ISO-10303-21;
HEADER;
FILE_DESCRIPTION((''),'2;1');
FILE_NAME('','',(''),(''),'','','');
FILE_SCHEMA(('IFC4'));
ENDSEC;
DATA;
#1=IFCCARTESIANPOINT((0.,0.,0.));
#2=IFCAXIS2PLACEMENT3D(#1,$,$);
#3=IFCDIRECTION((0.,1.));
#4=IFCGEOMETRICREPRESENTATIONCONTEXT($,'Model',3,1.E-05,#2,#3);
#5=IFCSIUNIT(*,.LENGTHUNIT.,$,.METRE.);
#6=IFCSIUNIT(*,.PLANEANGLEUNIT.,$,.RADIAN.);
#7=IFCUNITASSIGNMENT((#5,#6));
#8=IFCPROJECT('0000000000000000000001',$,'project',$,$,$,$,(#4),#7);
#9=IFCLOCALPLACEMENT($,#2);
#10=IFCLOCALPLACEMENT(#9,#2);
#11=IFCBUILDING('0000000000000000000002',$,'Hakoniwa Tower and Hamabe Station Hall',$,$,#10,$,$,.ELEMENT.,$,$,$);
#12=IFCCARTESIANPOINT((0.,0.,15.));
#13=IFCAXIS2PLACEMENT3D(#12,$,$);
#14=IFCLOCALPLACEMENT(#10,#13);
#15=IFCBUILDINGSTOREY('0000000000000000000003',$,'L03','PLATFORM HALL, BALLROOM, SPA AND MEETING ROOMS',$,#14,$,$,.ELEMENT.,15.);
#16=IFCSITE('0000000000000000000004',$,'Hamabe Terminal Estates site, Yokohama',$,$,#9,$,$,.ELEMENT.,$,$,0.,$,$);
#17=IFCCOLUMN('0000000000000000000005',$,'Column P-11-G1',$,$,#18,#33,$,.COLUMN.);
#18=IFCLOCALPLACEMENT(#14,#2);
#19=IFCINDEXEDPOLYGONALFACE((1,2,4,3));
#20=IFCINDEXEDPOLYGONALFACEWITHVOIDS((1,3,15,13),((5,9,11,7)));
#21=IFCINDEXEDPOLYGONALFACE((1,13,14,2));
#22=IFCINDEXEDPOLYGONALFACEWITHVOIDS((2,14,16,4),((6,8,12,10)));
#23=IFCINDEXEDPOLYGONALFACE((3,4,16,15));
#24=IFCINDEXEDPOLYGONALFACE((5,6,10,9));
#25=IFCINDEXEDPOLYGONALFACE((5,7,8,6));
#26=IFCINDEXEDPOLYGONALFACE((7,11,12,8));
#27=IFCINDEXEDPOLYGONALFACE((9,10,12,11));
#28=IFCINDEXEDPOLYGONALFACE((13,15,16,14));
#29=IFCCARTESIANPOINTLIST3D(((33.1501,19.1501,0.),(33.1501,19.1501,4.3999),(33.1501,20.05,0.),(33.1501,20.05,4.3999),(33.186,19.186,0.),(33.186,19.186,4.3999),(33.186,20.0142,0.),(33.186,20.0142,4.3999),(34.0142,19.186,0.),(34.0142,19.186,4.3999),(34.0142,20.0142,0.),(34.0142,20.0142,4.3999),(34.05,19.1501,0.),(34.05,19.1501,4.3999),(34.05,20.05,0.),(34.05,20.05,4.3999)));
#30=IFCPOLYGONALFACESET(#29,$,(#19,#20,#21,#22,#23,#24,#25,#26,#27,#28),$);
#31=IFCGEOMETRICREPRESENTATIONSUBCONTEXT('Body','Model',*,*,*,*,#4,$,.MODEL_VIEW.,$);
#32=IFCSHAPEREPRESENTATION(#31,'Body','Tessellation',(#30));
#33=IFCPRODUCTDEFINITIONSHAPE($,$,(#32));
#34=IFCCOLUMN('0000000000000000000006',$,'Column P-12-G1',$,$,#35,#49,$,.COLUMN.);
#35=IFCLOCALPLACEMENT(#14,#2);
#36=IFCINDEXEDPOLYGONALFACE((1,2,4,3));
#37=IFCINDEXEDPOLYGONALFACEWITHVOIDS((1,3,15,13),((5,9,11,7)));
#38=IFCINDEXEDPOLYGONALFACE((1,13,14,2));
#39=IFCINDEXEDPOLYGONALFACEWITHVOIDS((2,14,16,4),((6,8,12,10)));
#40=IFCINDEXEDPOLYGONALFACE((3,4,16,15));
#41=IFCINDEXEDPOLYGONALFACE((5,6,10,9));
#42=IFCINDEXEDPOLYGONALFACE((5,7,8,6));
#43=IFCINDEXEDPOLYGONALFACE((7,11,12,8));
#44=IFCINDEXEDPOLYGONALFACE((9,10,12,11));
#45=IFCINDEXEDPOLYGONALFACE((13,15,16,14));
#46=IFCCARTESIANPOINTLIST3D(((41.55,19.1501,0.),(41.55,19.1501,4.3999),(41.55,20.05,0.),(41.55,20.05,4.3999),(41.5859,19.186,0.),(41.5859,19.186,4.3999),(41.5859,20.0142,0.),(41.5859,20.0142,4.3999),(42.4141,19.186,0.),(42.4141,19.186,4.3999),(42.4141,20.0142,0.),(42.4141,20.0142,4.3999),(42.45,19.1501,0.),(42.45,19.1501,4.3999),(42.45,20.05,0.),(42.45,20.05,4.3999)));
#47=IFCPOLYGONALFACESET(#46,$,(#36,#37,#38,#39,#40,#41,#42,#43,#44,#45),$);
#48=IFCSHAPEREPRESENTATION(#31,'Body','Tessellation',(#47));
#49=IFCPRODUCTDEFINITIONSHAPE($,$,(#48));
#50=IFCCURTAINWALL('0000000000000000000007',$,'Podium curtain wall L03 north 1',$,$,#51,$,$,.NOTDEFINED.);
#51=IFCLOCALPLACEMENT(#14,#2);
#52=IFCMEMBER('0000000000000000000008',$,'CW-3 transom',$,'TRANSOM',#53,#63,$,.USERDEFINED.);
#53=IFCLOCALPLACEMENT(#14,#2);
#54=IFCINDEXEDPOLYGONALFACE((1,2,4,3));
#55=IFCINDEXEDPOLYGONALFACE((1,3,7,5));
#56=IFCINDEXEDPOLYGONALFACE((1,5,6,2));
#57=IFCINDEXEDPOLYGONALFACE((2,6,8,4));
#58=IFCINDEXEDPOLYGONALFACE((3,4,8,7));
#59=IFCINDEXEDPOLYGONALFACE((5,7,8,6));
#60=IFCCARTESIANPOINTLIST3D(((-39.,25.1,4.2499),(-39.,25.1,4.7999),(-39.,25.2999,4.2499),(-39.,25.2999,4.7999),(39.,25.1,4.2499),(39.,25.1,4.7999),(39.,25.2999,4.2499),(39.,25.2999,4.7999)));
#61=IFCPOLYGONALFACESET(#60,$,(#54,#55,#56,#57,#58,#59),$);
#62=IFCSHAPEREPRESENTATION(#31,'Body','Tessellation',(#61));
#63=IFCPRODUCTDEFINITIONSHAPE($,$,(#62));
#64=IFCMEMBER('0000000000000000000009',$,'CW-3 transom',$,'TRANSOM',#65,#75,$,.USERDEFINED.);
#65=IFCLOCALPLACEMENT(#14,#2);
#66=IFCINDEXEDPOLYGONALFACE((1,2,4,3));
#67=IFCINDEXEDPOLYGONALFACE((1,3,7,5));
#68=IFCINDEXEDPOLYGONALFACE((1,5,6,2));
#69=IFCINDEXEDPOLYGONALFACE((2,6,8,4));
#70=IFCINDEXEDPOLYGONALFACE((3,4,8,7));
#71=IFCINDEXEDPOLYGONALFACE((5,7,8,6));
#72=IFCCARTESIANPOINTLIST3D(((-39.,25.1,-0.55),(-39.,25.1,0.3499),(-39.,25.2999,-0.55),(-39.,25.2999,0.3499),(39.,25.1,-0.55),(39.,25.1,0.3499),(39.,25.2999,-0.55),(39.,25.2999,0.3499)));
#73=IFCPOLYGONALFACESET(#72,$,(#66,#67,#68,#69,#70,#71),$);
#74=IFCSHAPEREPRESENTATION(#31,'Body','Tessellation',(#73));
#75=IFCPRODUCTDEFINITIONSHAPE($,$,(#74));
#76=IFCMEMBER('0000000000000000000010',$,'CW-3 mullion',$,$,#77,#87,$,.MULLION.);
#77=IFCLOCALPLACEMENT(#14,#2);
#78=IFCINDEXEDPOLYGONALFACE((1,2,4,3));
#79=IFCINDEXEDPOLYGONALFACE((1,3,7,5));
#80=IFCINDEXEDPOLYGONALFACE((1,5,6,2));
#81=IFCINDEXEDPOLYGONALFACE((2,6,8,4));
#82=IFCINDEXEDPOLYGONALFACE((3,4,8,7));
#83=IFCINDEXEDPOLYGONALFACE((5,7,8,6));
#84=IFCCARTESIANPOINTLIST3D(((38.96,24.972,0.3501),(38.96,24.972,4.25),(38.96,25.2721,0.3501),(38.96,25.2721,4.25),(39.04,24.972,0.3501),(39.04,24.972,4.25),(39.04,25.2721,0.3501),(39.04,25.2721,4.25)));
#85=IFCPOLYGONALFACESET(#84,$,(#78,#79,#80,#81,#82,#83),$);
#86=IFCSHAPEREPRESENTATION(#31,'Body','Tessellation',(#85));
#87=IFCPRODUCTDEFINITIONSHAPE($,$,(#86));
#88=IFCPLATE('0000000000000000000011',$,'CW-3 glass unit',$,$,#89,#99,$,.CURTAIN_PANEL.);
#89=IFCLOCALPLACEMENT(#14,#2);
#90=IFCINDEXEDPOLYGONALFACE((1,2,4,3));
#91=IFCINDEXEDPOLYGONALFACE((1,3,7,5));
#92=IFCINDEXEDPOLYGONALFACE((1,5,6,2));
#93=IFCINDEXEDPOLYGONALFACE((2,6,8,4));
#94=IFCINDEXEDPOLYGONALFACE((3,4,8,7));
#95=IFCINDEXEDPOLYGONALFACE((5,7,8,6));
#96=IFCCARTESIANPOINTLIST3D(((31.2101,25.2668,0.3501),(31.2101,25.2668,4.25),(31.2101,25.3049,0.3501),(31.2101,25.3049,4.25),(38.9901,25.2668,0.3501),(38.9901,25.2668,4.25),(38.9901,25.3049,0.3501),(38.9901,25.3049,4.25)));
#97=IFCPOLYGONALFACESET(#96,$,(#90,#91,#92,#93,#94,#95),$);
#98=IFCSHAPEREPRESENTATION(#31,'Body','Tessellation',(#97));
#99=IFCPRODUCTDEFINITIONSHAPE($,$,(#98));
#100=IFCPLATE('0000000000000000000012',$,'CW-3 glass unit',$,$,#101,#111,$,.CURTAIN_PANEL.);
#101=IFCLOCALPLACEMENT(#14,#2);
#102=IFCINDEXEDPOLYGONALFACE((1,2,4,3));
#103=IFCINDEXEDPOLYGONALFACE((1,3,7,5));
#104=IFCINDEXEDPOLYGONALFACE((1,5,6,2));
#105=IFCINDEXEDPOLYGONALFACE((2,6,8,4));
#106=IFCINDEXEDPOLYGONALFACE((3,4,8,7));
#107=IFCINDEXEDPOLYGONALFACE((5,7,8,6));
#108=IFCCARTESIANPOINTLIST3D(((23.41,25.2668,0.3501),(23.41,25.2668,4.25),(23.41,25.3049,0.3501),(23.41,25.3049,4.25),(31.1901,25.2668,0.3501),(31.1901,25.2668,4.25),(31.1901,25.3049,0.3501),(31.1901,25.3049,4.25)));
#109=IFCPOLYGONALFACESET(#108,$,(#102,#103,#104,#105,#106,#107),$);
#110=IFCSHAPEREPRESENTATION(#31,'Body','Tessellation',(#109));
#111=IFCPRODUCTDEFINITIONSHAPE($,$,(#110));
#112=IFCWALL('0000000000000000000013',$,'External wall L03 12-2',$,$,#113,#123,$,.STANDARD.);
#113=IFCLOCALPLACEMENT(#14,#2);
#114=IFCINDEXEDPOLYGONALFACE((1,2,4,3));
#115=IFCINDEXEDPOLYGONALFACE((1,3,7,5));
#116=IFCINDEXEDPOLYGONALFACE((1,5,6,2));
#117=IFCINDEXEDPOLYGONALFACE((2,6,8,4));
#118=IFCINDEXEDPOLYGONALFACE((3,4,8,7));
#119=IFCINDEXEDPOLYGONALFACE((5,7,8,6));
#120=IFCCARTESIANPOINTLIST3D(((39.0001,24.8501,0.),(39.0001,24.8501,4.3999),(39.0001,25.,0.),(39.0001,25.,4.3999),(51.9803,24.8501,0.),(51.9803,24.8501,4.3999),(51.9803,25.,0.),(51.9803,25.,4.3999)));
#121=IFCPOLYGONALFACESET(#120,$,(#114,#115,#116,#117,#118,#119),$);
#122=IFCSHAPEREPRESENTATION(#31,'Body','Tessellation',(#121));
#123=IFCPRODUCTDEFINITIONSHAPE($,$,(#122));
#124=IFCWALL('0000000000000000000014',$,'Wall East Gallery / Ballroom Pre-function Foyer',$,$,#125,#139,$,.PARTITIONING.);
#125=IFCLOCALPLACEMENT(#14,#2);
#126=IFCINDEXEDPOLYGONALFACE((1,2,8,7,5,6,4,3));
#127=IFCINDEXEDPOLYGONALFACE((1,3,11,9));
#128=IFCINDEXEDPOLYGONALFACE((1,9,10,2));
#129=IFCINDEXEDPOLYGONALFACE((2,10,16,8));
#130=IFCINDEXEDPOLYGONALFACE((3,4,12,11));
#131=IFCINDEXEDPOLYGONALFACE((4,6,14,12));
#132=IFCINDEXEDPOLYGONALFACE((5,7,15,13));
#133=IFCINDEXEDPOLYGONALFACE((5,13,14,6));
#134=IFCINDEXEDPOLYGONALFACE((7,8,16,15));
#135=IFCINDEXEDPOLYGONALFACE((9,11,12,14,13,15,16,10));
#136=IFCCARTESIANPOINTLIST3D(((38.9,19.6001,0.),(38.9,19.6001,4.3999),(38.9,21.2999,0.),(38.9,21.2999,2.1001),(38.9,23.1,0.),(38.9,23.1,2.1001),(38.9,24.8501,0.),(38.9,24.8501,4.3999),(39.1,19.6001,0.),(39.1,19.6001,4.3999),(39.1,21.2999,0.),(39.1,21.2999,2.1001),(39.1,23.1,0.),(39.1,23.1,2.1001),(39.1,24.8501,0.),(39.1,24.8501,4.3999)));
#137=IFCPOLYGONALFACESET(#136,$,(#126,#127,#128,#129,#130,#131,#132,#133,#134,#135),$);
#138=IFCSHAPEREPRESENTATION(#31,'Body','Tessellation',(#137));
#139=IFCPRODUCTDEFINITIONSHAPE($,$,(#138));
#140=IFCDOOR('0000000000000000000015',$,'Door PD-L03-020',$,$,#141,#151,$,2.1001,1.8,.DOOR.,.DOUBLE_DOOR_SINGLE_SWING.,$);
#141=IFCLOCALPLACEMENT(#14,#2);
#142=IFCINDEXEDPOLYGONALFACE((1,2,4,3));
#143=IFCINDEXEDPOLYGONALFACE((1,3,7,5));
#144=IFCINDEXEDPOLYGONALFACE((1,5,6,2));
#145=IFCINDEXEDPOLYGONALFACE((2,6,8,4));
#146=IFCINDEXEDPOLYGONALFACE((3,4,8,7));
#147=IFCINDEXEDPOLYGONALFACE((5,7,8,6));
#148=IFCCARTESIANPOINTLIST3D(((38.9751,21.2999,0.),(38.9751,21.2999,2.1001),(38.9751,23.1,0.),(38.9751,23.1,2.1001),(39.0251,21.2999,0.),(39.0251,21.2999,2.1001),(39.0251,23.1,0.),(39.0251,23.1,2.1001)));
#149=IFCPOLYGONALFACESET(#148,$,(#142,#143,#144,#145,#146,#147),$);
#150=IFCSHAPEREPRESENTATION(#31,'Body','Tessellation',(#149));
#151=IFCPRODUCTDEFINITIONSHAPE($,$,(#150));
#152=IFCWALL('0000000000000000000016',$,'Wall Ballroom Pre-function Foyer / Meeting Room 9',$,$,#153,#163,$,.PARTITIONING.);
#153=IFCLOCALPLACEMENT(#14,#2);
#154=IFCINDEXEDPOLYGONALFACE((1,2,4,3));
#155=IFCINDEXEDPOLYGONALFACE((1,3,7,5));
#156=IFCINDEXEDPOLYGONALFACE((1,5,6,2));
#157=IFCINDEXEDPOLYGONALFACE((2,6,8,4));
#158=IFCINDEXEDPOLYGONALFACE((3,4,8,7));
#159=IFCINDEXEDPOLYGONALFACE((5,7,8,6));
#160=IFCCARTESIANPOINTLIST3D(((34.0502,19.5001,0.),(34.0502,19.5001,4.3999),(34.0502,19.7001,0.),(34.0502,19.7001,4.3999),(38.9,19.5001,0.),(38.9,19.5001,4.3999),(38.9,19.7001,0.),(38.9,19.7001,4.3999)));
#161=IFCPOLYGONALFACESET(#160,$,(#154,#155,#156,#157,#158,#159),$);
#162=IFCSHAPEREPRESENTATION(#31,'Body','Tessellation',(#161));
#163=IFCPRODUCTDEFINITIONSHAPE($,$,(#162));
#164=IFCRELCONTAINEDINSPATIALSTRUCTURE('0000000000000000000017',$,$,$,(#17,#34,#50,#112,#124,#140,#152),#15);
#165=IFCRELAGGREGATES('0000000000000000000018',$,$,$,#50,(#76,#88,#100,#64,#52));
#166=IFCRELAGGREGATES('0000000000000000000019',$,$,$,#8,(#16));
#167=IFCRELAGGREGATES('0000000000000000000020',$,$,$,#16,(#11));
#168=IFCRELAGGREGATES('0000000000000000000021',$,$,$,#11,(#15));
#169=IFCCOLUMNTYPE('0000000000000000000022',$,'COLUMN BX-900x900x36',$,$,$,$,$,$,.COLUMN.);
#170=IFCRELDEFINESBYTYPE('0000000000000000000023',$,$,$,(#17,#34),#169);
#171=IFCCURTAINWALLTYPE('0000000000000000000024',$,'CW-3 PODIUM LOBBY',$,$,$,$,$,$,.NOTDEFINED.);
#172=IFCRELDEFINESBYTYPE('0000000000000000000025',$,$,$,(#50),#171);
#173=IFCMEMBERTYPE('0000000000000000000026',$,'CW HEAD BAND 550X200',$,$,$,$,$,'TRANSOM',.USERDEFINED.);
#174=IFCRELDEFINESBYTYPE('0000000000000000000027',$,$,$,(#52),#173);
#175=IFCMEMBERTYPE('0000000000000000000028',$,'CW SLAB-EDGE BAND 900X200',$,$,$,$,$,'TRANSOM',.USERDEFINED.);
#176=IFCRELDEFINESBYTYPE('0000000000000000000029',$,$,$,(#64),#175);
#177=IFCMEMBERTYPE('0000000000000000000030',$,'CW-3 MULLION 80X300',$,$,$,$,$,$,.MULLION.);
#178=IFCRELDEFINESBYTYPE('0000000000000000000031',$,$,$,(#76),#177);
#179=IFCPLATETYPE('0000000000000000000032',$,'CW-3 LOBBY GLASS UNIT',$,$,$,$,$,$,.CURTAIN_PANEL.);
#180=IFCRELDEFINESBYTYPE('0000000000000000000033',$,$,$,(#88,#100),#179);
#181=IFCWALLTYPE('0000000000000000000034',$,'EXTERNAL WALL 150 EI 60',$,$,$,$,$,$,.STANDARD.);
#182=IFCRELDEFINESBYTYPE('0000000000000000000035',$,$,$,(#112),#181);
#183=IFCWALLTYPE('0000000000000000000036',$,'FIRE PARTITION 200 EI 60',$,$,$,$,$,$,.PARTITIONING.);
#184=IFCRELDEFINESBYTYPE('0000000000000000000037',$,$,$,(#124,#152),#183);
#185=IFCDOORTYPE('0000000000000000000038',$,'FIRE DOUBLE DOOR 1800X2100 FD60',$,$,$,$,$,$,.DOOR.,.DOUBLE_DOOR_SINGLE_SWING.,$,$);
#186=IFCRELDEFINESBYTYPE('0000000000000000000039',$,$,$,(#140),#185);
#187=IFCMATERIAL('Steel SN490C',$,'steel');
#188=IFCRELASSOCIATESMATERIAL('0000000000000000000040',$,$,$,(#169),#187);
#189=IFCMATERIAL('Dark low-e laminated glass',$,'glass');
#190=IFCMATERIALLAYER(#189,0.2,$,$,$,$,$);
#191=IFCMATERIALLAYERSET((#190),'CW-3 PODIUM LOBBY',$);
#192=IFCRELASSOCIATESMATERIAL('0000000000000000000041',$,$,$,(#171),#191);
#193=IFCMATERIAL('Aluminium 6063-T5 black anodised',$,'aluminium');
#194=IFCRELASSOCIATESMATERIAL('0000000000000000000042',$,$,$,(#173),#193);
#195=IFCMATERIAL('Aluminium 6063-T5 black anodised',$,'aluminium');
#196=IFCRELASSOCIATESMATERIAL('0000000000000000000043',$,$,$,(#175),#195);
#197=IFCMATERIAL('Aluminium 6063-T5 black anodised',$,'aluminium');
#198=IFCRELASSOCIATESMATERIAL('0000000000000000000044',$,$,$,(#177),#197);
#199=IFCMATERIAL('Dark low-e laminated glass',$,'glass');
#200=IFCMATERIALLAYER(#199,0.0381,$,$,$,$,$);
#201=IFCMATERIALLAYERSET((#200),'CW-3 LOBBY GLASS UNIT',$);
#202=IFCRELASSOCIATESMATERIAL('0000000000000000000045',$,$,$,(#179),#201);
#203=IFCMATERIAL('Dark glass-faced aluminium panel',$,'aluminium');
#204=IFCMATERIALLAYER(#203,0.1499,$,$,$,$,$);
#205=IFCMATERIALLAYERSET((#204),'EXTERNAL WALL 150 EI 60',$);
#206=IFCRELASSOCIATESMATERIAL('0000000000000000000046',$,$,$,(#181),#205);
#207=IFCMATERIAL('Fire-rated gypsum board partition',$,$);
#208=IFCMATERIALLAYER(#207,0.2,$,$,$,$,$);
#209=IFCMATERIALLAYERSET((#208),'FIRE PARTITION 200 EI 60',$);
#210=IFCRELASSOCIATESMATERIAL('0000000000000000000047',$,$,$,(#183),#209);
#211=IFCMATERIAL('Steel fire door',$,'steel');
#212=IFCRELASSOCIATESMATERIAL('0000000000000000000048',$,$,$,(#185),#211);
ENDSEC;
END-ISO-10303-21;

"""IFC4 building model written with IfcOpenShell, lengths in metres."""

from ifc_helpers import new_model, si_unit, direction, frame, frame_2d, origin, origin_2d, place, context, subcontext, project, spatial, rectangle, hollow_rectangle, extrude, material, layer, layer_set, material_profile, profile_set, type_object, element, fill, aggregate, save


model = new_model("IFC4")

# Units and contexts
model_context = context("Model", 3, precision=1e-05, world=origin(), true_north=direction((0.0, 1.0)))
body_context = subcontext(model_context, "Body", "Model", "MODEL_VIEW")
ifc_project = project(units=[si_unit("LENGTHUNIT", "METRE"), si_unit("PLANEANGLEUNIT", "RADIAN")], contexts=[model_context])

# Site, building, storey
site_placement = place(None, origin())
site = spatial("IfcSite", under=ifc_project, at=site_placement, Name="Hamabe Terminal Estates site, Yokohama", CompositionType="ELEMENT", RefElevation=0.0)
building_placement = place(site_placement, origin())
building = spatial("IfcBuilding", under=site, at=building_placement, Name="Hakoniwa Tower and Hamabe Station Hall", CompositionType="ELEMENT")
storey_placement = place(building_placement, frame((0.0, 0.0, 15.0)))
storey = spatial("IfcBuildingStorey", under=building, at=storey_placement, Name="L03", Description="PLATFORM HALL, BALLROOM, SPA AND MEETING ROOMS", CompositionType="ELEMENT", Elevation=15.0)

# Columns
ifc_material_1 = material(Name="Steel SN490C", Category="steel")
ifc_material_profile_1 = material_profile(ifc_material_1, hollow_rectangle(XDim=0.8999, YDim=0.8999, WallThickness=0.0359, at=origin_2d()), Name="BX-900x900x36")
ifc_profile_set_1 = profile_set([ifc_material_profile_1], Name="Steel SN490C")
column_type_1 = type_object("IfcColumnType", Name="COLUMN BX-900x900x36", PredefinedType="COLUMN", material=ifc_profile_set_1)
for number, where, z_axis, x_axis, name in (
    (1, (33.6001, 19.6001, 0.0), (0.0, 0.0, 1.0), (1.0, 0.0, 0.0), "Column P-11-G1"),
    (2, (42.0, 19.6001, 0.0), (0.0, 0.0, 1.0), (1.0, 0.0, 0.0), "Column P-12-G1"),
):
    element("IfcColumn", number, at=place(storey_placement, frame(where, z_axis=z_axis, x_axis=x_axis)), inside=storey, type_object=column_type_1, Name=name, PredefinedType="COLUMN", context=body_context, shape_type="SweptSolid", body=[
        extrude(hollow_rectangle(XDim=0.8999, YDim=0.8999, WallThickness=0.0359, at=origin_2d()), origin(), (0.0, 0.0, 1.0), 4.3999),
    ])

# Curtain wall, members, plates
ifc_material_2 = material(Name="Dark low-e laminated glass", Category="glass")
ifc_layer_1 = layer(ifc_material_2, 0.2)
ifc_layer_set_1 = layer_set([ifc_layer_1], Name="CW-3 PODIUM LOBBY")
curtain_wall_type = type_object("IfcCurtainWallType", Name="CW-3 PODIUM LOBBY", PredefinedType="NOTDEFINED", material=ifc_layer_set_1)
curtain_wall_placement = place(storey_placement, origin())
curtain_wall = element("IfcCurtainWall", 3, at=curtain_wall_placement, inside=storey, type_object=curtain_wall_type, Name="Podium curtain wall L03 north 1", PredefinedType="NOTDEFINED")
ifc_material_3 = material(Name="Aluminium 6063-T5 black anodised", Category="aluminium")
ifc_material_profile_2 = material_profile(ifc_material_3, rectangle(XDim=0.2, YDim=0.55, at=origin_2d()), Name="CW HEAD BAND 550X200")
ifc_profile_set_2 = profile_set([ifc_material_profile_2], Name="Aluminium 6063-T5 black anodised")
member_type_1 = type_object("IfcMemberType", Name="CW HEAD BAND 550X200", ElementType="TRANSOM", PredefinedType="USERDEFINED", material=ifc_profile_set_2)
member_1_placement = place(storey_placement, frame((39.0, 25.2, 4.5249), z_axis=(-1.0, 0.0, 0.0), x_axis=(0.0, -1.0, 0.0)))
member_1 = element("IfcMember", 4, at=member_1_placement, type_object=member_type_1, Name="CW-3 transom", ObjectType="TRANSOM", PredefinedType="USERDEFINED", context=body_context, shape_type="SweptSolid", body=[
    extrude(rectangle(XDim=0.2, YDim=0.55, at=origin_2d()), origin(), (0.0, 0.0, 1.0), 78.0),
])
ifc_material_4 = material(Name="Aluminium 6063-T5 black anodised", Category="aluminium")
ifc_material_profile_3 = material_profile(ifc_material_4, rectangle(XDim=0.2, YDim=0.8999, at=origin_2d()), Name="CW SLAB-EDGE BAND 900X200")
ifc_profile_set_3 = profile_set([ifc_material_profile_3], Name="Aluminium 6063-T5 black anodised")
member_type_2 = type_object("IfcMemberType", Name="CW SLAB-EDGE BAND 900X200", ElementType="TRANSOM", PredefinedType="USERDEFINED", material=ifc_profile_set_3)
member_2_placement = place(storey_placement, frame((39.0, 25.2, -0.1001), z_axis=(-1.0, 0.0, 0.0), x_axis=(0.0, -1.0, 0.0)))
member_2 = element("IfcMember", 5, at=member_2_placement, type_object=member_type_2, Name="CW-3 transom", ObjectType="TRANSOM", PredefinedType="USERDEFINED", context=body_context, shape_type="SweptSolid", body=[
    extrude(rectangle(XDim=0.2, YDim=0.8999, at=origin_2d()), origin(), (0.0, 0.0, 1.0), 78.0),
])
ifc_material_5 = material(Name="Aluminium 6063-T5 black anodised", Category="aluminium")
ifc_material_profile_4 = material_profile(ifc_material_5, rectangle(XDim=0.0801, YDim=0.3, at=origin_2d()), Name="CW-3 MULLION 80X300")
ifc_profile_set_4 = profile_set([ifc_material_profile_4], Name="Aluminium 6063-T5 black anodised")
member_type_3 = type_object("IfcMemberType", Name="CW-3 MULLION 80X300", PredefinedType="MULLION", material=ifc_profile_set_4)
member_3_placement = place(storey_placement, frame((39.0, 25.1221, 0.3501), z_axis=(0.0, 0.0, 1.0), x_axis=(-1.0, 0.0, 0.0)))
member_3 = element("IfcMember", 6, at=member_3_placement, type_object=member_type_3, Name="CW-3 mullion", PredefinedType="MULLION", context=body_context, shape_type="SweptSolid", body=[
    extrude(rectangle(XDim=0.0801, YDim=0.3, at=origin_2d()), origin(), (0.0, 0.0, 1.0), 3.8999),
])
ifc_material_6 = material(Name="Dark low-e laminated glass", Category="glass")
ifc_layer_2 = layer(ifc_material_6, 0.0381)
ifc_layer_set_2 = layer_set([ifc_layer_2], Name="CW-3 LOBBY GLASS UNIT")
plate_type = type_object("IfcPlateType", Name="CW-3 LOBBY GLASS UNIT", PredefinedType="CURTAIN_PANEL", material=ifc_layer_set_2)
plate_1_placement = place(storey_placement, frame((35.1001, 25.2859, 0.3501), z_axis=(0.0, 0.0, 1.0), x_axis=(-1.0, 0.0, 0.0)))
plate_1 = element("IfcPlate", 7, at=plate_1_placement, type_object=plate_type, Name="CW-3 glass unit", PredefinedType="CURTAIN_PANEL", context=body_context, shape_type="SweptSolid", body=[
    extrude(rectangle(XDim=7.78, YDim=0.0381, at=origin_2d()), origin(), (0.0, 0.0, 1.0), 3.8999),
])
plate_2_placement = place(storey_placement, frame((27.3, 25.2859, 0.3501), z_axis=(0.0, 0.0, 1.0), x_axis=(-1.0, 0.0, 0.0)))
plate_2 = element("IfcPlate", 8, at=plate_2_placement, type_object=plate_type, Name="CW-3 glass unit", PredefinedType="CURTAIN_PANEL", context=body_context, shape_type="SweptSolid", body=[
    extrude(rectangle(XDim=7.78, YDim=0.0381, at=origin_2d()), origin(), (0.0, 0.0, 1.0), 3.8999),
])
aggregate(curtain_wall, [member_3, plate_1, plate_2, member_2, member_1])

# Wall
ifc_material_7 = material(Name="Dark glass-faced aluminium panel", Category="aluminium")
ifc_layer_3 = layer(ifc_material_7, 0.1499)
ifc_layer_set_3 = layer_set([ifc_layer_3], Name="EXTERNAL WALL 150 EI 60")
wall_type_1 = type_object("IfcWallType", Name="EXTERNAL WALL 150 EI 60", PredefinedType="STANDARD", material=ifc_layer_set_3)
wall_1_placement = place(storey_placement, frame((39.0, 24.925, 0.0), z_axis=(0.0, 0.0, 1.0), x_axis=(1.0, 0.0, 0.0)))
element("IfcWall", 9, at=wall_1_placement, inside=storey, type_object=wall_type_1, Name="External wall L03 12-2", PredefinedType="STANDARD", context=body_context, shape_type="SweptSolid", body=[
    extrude(rectangle(XDim=12.9802, YDim=0.1499, at=frame_2d((6.4902, 0.0))), origin(), (0.0, 0.0, 1.0), 4.3999),
])

# Wall, opening, door
ifc_material_8 = material(Name="Fire-rated gypsum board partition")
ifc_layer_4 = layer(ifc_material_8, 0.2)
ifc_layer_set_4 = layer_set([ifc_layer_4], Name="FIRE PARTITION 200 EI 60")
wall_type_2 = type_object("IfcWallType", Name="FIRE PARTITION 200 EI 60", PredefinedType="PARTITIONING", material=ifc_layer_set_4)
wall_2_placement = place(storey_placement, frame((39.0, 19.6001, 0.0), z_axis=(0.0, 0.0, 1.0), x_axis=(0.0, 1.0, 0.0)))
wall_2 = element("IfcWall", 10, at=wall_2_placement, inside=storey, type_object=wall_type_2, Name="Wall East Gallery / Ballroom Pre-function Foyer", PredefinedType="PARTITIONING", context=body_context, shape_type="SweptSolid", body=[
    extrude(rectangle(XDim=5.25, YDim=0.2, at=frame_2d((2.625, 0.0))), origin(), (0.0, 0.0, 1.0), 4.3999),
])
opening_1_placement = place(wall_2_placement, frame((1.7, 0.0, 0.0)))
opening_1 = element("IfcOpeningElement", 11, at=opening_1_placement, cuts=wall_2, PredefinedType="OPENING", context=body_context, shape_type="SweptSolid", body=[
    extrude(rectangle(XDim=1.8, YDim=2.1001, at=frame_2d((0.8999, 1.05))), frame((0.0, 0.1099, 0.0), z_axis=(0.0, -1.0, 0.0), x_axis=(1.0, 0.0, 0.0)), (0.0, 0.0, 1.0), 0.22),
])
ifc_material_9 = material(Name="Steel fire door", Category="steel")
door_type_1 = type_object("IfcDoorType", Name="FIRE DOUBLE DOOR 1800X2100 FD60", OperationType="DOUBLE_DOOR_SINGLE_SWING", PredefinedType="DOOR", material=ifc_material_9)
door_1_placement = place(opening_1_placement, origin())
door_1 = element("IfcDoor", 12, at=door_1_placement, inside=storey, type_object=door_type_1, Name="Door PD-L03-020", OperationType="DOUBLE_DOOR_SINGLE_SWING", OverallHeight=2.1001, OverallWidth=1.8, PredefinedType="DOOR", context=body_context, shape_type="SweptSolid", body=[
    extrude(rectangle(XDim=1.8, YDim=2.1001, at=frame_2d((0.8999, 1.05))), frame((0.0, 0.0249, 0.0), z_axis=(0.0, -1.0, 0.0), x_axis=(1.0, 0.0, 0.0)), (0.0, 0.0, 1.0), 0.05),
])
fill(opening_1, door_1)

# Wall
wall_3_placement = place(storey_placement, frame((38.8999, 19.6001, 0.0), z_axis=(0.0, 0.0, 1.0), x_axis=(-1.0, 0.0, 0.0)))
element("IfcWall", 13, at=wall_3_placement, inside=storey, type_object=wall_type_2, Name="Wall Ballroom Pre-function Foyer / Meeting Room 9", PredefinedType="PARTITIONING", context=body_context, shape_type="SweptSolid", body=[
    extrude(rectangle(XDim=4.8499, YDim=0.2, at=frame_2d((2.4248, 0.0))), origin(), (0.0, 0.0, 1.0), 4.3999),
])

save(model, "model.ifc")
